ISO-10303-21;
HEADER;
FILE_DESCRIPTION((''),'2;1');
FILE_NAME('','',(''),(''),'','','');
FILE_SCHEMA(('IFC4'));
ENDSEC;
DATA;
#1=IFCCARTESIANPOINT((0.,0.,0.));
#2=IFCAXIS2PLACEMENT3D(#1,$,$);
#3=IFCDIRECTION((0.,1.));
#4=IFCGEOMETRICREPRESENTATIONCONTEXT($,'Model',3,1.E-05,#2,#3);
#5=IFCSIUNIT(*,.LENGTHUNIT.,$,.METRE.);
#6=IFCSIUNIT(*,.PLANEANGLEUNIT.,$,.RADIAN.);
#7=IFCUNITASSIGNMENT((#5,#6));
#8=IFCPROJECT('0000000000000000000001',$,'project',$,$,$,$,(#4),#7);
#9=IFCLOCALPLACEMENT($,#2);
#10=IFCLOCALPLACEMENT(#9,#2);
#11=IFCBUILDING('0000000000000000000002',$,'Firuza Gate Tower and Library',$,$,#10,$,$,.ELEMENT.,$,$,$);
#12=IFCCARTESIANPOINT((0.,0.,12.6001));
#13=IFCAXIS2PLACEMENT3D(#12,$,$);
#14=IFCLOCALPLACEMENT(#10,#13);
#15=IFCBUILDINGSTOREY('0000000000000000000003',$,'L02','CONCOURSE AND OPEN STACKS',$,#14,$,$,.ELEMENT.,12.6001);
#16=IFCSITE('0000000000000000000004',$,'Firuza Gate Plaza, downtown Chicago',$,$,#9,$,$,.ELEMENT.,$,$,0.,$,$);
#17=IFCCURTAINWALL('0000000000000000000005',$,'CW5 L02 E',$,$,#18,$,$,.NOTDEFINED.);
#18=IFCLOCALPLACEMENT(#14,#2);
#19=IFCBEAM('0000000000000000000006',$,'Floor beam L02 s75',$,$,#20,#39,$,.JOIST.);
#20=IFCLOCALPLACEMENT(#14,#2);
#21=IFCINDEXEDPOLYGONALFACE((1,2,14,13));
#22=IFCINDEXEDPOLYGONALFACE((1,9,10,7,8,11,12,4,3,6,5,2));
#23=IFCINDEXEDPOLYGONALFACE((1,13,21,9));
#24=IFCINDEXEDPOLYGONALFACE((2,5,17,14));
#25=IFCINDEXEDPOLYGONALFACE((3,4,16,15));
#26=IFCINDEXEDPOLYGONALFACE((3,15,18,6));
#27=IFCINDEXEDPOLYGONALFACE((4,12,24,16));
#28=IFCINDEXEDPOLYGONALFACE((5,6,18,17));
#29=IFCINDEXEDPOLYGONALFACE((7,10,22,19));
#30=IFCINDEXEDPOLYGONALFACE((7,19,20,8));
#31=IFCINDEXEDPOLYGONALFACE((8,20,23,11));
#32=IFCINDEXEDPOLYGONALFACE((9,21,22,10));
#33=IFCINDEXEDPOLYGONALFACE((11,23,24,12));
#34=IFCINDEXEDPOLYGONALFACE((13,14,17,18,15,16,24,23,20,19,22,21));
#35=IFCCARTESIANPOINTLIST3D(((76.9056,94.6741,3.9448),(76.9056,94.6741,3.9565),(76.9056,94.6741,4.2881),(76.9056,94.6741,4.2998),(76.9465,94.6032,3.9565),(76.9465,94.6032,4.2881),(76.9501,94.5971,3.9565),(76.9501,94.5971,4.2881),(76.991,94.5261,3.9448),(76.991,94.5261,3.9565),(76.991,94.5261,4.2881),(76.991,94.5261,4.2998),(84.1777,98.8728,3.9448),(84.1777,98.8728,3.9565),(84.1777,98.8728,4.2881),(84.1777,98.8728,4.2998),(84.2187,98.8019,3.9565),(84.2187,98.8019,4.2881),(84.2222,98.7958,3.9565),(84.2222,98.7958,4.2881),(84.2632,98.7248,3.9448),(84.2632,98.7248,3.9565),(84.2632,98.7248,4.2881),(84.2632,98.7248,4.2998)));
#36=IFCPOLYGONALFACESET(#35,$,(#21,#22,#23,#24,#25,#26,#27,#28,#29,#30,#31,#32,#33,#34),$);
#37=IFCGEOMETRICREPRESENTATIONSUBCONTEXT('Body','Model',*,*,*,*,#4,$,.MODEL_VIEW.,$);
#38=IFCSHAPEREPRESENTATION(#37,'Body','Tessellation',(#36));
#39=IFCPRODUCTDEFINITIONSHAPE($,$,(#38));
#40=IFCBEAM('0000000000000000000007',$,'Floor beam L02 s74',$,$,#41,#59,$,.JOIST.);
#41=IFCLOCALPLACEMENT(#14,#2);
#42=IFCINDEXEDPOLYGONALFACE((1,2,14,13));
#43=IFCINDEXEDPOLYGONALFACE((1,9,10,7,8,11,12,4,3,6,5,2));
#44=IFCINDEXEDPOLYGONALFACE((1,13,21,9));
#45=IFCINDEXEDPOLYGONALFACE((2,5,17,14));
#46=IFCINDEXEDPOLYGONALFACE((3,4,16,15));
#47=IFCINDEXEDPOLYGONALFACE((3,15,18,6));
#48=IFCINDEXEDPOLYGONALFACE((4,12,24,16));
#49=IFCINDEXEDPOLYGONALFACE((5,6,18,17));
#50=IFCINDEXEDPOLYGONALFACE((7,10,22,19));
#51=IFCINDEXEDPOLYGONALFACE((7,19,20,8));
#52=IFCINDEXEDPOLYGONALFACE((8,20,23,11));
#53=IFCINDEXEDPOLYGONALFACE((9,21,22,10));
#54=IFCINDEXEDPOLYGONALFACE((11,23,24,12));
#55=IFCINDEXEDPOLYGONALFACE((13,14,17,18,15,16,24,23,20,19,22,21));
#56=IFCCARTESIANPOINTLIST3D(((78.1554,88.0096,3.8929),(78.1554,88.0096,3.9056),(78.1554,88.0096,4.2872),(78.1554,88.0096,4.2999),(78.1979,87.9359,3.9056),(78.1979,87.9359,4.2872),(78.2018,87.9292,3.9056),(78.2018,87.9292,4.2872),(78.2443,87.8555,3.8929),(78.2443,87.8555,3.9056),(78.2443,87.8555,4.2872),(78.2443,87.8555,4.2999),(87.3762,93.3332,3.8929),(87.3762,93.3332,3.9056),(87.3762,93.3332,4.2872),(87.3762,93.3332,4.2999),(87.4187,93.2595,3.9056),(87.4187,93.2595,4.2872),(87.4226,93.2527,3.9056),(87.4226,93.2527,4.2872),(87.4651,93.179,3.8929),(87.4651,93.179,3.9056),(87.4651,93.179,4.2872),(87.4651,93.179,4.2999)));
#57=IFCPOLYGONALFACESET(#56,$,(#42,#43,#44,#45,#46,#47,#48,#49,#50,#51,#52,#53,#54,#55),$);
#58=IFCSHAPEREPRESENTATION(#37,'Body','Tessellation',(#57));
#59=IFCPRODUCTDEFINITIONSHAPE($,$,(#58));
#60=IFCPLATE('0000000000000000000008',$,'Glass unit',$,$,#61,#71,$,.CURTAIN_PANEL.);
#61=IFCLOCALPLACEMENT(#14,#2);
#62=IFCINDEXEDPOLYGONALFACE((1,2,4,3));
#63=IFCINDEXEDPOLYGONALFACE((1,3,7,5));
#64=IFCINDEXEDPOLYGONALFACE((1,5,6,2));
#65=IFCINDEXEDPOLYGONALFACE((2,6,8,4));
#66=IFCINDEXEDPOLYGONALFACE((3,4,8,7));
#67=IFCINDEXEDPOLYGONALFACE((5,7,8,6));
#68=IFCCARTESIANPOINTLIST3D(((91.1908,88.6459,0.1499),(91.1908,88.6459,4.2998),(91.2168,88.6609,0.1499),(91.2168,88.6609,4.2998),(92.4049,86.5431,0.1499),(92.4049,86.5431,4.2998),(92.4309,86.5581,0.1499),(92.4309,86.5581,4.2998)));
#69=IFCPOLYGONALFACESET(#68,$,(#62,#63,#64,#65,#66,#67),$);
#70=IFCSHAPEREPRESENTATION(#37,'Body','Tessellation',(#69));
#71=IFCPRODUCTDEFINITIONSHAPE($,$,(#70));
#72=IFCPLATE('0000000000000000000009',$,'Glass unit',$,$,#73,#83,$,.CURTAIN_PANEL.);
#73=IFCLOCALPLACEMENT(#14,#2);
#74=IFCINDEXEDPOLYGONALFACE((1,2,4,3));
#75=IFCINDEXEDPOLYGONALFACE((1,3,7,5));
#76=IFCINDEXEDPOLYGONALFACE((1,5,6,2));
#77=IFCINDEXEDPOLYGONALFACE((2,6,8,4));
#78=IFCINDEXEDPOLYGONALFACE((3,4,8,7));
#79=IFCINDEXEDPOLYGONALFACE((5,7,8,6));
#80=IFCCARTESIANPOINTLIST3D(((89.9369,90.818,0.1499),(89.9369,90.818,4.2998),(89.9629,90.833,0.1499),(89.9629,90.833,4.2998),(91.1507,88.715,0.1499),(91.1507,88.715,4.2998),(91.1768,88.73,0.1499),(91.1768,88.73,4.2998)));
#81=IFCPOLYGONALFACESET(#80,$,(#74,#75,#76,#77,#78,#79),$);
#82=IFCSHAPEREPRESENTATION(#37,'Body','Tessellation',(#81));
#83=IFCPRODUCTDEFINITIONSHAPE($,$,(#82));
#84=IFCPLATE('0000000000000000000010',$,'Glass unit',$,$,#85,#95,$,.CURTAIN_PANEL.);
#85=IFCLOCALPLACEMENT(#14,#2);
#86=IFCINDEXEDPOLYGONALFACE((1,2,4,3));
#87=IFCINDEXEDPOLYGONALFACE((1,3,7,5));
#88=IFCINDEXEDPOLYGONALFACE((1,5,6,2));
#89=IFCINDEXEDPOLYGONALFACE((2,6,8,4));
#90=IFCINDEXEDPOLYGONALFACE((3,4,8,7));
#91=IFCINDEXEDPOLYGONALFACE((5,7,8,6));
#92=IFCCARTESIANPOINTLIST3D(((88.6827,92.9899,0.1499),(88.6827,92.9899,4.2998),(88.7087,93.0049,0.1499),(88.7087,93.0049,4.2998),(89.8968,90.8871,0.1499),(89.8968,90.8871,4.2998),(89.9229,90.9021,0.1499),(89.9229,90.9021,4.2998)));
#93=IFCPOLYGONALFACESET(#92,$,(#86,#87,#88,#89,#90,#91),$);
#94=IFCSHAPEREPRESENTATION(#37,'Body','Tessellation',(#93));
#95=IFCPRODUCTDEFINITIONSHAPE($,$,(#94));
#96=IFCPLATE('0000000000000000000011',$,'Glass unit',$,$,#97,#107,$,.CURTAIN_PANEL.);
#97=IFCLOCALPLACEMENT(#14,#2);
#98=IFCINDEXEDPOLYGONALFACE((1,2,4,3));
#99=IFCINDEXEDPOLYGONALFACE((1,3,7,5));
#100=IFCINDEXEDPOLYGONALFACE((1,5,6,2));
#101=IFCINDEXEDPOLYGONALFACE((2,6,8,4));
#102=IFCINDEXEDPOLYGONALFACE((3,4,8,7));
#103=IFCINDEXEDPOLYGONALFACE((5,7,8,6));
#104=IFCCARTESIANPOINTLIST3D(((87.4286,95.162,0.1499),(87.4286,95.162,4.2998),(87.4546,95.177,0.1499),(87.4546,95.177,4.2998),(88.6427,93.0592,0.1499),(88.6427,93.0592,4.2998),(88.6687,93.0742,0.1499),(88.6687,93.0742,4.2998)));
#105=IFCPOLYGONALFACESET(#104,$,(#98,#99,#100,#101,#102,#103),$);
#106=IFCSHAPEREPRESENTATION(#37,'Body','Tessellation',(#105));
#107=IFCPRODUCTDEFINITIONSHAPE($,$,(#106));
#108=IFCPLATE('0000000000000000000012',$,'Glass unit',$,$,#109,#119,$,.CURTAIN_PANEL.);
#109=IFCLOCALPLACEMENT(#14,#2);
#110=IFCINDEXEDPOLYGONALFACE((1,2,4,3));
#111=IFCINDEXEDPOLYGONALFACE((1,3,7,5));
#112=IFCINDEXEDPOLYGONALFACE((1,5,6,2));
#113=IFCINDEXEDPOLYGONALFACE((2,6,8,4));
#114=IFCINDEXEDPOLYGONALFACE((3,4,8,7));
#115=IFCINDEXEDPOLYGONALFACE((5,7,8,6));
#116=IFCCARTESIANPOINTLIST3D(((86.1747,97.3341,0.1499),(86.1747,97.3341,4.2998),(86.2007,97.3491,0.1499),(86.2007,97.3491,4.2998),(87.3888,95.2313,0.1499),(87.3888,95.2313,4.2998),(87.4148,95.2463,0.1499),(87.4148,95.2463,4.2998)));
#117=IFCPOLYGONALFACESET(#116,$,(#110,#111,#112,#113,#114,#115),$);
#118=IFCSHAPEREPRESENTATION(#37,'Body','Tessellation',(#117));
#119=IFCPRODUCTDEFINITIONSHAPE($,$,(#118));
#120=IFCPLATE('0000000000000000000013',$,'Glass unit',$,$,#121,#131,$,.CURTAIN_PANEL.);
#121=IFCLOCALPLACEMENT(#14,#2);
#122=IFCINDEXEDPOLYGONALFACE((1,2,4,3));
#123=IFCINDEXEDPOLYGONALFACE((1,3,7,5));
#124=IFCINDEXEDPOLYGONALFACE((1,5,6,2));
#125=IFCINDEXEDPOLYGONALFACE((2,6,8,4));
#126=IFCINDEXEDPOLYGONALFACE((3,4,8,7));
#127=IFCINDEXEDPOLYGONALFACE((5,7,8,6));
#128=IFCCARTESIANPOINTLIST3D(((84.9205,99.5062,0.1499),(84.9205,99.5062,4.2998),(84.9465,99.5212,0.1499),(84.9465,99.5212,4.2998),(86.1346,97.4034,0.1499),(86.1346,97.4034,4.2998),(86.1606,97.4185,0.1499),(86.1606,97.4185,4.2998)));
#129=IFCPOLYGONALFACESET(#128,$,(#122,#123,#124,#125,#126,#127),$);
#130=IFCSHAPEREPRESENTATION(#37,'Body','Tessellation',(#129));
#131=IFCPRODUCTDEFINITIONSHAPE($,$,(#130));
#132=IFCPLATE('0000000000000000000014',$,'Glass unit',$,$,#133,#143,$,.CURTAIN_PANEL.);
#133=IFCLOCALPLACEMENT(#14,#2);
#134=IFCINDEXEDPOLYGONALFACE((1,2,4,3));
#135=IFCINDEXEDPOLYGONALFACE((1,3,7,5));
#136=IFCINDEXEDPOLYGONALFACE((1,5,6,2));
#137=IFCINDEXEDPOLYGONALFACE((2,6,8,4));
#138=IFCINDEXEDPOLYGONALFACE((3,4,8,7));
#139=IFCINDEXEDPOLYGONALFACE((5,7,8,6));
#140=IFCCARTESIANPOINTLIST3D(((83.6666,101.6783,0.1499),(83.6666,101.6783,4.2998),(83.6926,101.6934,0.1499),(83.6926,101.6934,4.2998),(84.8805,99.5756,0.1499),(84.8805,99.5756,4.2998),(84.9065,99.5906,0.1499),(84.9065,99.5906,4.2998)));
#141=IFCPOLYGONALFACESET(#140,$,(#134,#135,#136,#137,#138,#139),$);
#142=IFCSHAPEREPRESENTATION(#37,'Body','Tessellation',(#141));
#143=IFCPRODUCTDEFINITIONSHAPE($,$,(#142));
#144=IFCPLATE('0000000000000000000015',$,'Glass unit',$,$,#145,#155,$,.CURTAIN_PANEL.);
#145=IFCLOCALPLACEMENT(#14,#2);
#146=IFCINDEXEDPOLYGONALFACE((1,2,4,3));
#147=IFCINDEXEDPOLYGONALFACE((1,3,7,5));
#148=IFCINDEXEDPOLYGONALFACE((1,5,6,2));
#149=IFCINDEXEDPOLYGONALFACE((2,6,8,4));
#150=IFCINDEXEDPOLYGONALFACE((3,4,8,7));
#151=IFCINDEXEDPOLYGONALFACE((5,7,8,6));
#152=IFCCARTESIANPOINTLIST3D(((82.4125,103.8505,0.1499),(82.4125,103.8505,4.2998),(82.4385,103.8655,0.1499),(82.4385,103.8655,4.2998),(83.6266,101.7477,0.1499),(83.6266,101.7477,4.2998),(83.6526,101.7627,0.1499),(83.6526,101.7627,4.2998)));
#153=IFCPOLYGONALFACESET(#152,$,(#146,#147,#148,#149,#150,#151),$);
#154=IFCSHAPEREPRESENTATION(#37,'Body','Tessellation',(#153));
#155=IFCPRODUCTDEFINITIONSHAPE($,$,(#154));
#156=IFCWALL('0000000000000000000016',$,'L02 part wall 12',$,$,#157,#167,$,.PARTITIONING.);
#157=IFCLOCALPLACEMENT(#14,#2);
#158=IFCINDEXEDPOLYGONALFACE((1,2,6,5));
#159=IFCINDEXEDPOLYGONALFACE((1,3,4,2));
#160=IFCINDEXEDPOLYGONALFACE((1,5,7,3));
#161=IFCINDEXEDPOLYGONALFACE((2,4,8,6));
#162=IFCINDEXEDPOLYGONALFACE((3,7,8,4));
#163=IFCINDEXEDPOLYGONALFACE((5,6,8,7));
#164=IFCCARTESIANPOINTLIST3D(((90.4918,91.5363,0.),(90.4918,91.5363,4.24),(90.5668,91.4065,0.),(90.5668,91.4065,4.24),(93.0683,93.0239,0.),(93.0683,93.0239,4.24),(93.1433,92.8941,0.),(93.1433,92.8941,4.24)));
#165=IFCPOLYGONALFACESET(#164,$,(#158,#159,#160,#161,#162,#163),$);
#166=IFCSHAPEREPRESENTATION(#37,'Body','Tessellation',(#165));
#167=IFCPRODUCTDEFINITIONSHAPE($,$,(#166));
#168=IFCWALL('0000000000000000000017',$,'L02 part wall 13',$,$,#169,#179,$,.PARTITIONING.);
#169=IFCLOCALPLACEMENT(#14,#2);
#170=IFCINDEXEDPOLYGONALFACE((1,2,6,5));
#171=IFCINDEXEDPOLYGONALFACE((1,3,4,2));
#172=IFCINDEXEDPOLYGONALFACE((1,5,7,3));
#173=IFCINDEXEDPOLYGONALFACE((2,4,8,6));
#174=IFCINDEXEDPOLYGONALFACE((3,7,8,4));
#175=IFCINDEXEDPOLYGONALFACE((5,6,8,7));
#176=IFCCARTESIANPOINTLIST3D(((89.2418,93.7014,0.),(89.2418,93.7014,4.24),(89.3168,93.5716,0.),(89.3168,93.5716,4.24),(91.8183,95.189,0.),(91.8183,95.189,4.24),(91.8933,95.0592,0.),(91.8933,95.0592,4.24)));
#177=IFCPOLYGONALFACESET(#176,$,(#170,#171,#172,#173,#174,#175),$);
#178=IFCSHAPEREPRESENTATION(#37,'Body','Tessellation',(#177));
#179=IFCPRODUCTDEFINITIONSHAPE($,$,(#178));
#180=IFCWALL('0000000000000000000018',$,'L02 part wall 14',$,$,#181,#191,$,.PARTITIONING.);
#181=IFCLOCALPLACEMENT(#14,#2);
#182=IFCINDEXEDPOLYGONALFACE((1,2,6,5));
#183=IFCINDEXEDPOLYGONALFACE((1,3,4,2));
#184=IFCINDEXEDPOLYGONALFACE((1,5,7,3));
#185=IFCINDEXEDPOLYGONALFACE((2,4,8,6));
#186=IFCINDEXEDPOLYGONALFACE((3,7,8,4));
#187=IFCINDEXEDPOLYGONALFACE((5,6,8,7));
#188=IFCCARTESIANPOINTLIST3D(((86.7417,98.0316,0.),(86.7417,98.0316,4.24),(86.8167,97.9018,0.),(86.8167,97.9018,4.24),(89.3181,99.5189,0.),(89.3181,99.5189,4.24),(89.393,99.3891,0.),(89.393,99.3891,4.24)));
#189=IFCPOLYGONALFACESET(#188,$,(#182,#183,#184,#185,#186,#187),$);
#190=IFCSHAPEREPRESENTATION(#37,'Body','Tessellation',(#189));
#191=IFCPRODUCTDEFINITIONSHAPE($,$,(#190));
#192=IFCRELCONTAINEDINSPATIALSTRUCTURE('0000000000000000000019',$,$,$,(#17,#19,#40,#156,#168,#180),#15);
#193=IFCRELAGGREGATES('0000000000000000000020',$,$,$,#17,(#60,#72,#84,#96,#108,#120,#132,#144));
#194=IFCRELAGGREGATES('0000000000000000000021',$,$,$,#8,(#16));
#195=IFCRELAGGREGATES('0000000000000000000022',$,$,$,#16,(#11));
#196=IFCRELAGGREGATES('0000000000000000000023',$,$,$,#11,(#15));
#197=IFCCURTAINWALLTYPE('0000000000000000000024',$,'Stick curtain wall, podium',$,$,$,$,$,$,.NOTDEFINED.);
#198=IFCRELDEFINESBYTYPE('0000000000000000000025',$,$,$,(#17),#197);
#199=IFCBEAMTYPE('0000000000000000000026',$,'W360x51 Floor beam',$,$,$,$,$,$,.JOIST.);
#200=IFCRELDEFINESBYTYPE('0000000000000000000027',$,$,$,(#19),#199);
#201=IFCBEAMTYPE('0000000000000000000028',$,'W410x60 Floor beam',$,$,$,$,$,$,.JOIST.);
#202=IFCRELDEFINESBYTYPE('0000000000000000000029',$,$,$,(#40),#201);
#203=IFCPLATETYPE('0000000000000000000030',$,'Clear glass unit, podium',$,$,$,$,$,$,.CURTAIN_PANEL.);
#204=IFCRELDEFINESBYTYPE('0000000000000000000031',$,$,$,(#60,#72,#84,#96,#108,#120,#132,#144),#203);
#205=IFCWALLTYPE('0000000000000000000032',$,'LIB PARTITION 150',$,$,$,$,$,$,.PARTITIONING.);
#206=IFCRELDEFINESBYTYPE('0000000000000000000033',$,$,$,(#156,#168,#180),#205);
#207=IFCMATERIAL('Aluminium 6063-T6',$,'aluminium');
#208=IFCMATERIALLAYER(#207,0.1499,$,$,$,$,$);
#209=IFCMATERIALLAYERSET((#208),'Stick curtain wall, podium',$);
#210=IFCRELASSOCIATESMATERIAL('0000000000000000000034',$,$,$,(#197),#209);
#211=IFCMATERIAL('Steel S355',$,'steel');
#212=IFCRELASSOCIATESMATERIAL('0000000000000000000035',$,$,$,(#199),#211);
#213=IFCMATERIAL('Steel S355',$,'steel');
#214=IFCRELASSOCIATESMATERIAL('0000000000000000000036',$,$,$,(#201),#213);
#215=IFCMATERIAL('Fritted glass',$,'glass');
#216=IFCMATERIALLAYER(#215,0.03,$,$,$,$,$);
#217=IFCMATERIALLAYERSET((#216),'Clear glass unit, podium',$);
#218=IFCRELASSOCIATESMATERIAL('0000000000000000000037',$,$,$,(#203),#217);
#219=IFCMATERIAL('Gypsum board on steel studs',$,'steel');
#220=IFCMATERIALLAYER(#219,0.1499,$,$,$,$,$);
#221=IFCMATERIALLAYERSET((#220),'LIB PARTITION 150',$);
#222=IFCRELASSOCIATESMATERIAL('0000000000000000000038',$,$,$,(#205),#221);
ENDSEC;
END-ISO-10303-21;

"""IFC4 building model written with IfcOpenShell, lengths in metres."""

from ifc_helpers import new_model, si_unit, direction, frame, frame_2d, origin, origin_2d, place, context, subcontext, project, spatial, polyline, rectangle, i_section, outline, extrude, material, layer, layer_set, material_profile, profile_set, type_object, element, aggregate, save


model = new_model("IFC4")

# Units and contexts
model_context = context("Model", 3, precision=1e-05, world=origin(), true_north=direction((0.0, 1.0)))
body_context = subcontext(model_context, "Body", "Model", "MODEL_VIEW")
ifc_project = project(units=[si_unit("LENGTHUNIT", "METRE"), si_unit("PLANEANGLEUNIT", "RADIAN")], contexts=[model_context])

# Site, building, storey
site_placement = place(None, origin())
site = spatial("IfcSite", under=ifc_project, at=site_placement, Name="Firuza Gate Plaza, downtown Chicago", CompositionType="ELEMENT", RefElevation=0.0)
building_placement = place(site_placement, origin())
building = spatial("IfcBuilding", under=site, at=building_placement, Name="Firuza Gate Tower and Library", CompositionType="ELEMENT")
storey_placement = place(building_placement, frame((0.0, 0.0, 12.6001)))
storey = spatial("IfcBuildingStorey", under=building, at=storey_placement, Name="L02", Description="CONCOURSE AND OPEN STACKS", CompositionType="ELEMENT", Elevation=12.6001)

# Curtain wall
ifc_material_1 = material(Name="Aluminium 6063-T6", Category="aluminium")
ifc_layer_1 = layer(ifc_material_1, 0.1499)
ifc_layer_set_1 = layer_set([ifc_layer_1], Name="Stick curtain wall, podium")
curtain_wall_type = type_object("IfcCurtainWallType", Name="Stick curtain wall, podium", PredefinedType="NOTDEFINED", material=ifc_layer_set_1)
placement = place(storey_placement, origin())
curtain_wall = element("IfcCurtainWall", 1, at=placement, inside=storey, type_object=curtain_wall_type, Name="CW5 L02 E", PredefinedType="NOTDEFINED")

# Beams
ifc_material_2 = material(Name="Steel S355", Category="steel")
ifc_material_profile_1 = material_profile(ifc_material_2, i_section(OverallWidth=0.1709, OverallDepth=0.355, WebThickness=0.0071, FlangeThickness=0.0117, at=origin_2d()))
ifc_profile_set_1 = profile_set([ifc_material_profile_1], Name="Steel S355")
beam_type_1 = type_object("IfcBeamType", Name="W360x51 Floor beam", PredefinedType="JOIST", material=ifc_profile_set_1)
beam_1_placement = place(storey_placement, frame((84.2205, 98.7988, 4.1223), z_axis=(-0.86602, -0.50001, 0.0), x_axis=(0.50001, -0.86602, 0.0)))
element("IfcBeam", 2, at=beam_1_placement, inside=storey, type_object=beam_type_1, Name="Floor beam L02 s75", PredefinedType="JOIST", context=body_context, shape_type="SweptSolid", body=[
    extrude(i_section(OverallWidth=0.1709, OverallDepth=0.355, WebThickness=0.0071, FlangeThickness=0.0117, at=origin_2d()), origin(), (0.0, 0.0, 1.0), 8.3972),
])
ifc_material_3 = material(Name="Steel S355", Category="steel")
ifc_material_profile_2 = material_profile(ifc_material_3, i_section(OverallWidth=0.178, OverallDepth=0.407, WebThickness=0.0078, FlangeThickness=0.0127, at=origin_2d()))
ifc_profile_set_2 = profile_set([ifc_material_profile_2], Name="Steel S355")
beam_type_2 = type_object("IfcBeamType", Name="W410x60 Floor beam", PredefinedType="JOIST", material=ifc_profile_set_2)
beam_2_placement = place(storey_placement, frame((87.4207, 93.2561, 4.0964), z_axis=(-0.866029, -0.499994, 0.0), x_axis=(0.499994, -0.866029, 0.0)))
element("IfcBeam", 3, at=beam_2_placement, inside=storey, type_object=beam_type_2, Name="Floor beam L02 s74", PredefinedType="JOIST", context=body_context, shape_type="SweptSolid", body=[
    extrude(i_section(OverallWidth=0.178, OverallDepth=0.407, WebThickness=0.0078, FlangeThickness=0.0127, at=origin_2d()), origin(), (0.0, 0.0, 1.0), 10.6472),
])

# Plates
ifc_material_4 = material(Name="Fritted glass", Category="glass")
ifc_layer_2 = layer(ifc_material_4, 0.03)
ifc_layer_set_2 = layer_set([ifc_layer_2], Name="Clear glass unit, podium")
plate_type = type_object("IfcPlateType", Name="Clear glass unit, podium", PredefinedType="CURTAIN_PANEL", material=ifc_layer_set_2)
plate_1_placement = place(storey_placement, frame((92.4309, 86.5581, 0.1499), z_axis=(0.866013, 0.500021, 0.0), x_axis=(-0.500021, 0.866013, 0.0)))
plate_1 = element("IfcPlate", 4, at=plate_1_placement, type_object=plate_type, Name="Glass unit", PredefinedType="CURTAIN_PANEL", context=body_context, shape_type="SweptSolid", body=[
    extrude(outline(polyline([(0.0, 0.0), (2.4281, 0.0), (2.4281, 4.1499), (0.0, 4.1499), (0.0, 0.0)])), origin(), (0.0, 0.0, -1.0), 0.03),
])
plate_2_placement = place(storey_placement, frame((91.1768, 88.73, 0.1499), z_axis=(0.866082, 0.499902, 0.0), x_axis=(-0.499902, 0.866082, 0.0)))
plate_2 = element("IfcPlate", 5, at=plate_2_placement, type_object=plate_type, Name="Glass unit", PredefinedType="CURTAIN_PANEL", context=body_context, shape_type="SweptSolid", body=[
    extrude(outline(polyline([(0.0, 0.0), (2.4282, 0.0), (2.4282, 4.1499), (0.0, 4.1499), (0.0, 0.0)])), origin(), (0.0, 0.0, -1.0), 0.03),
])
plate_3_placement = place(storey_placement, frame((89.9229, 90.9021, 0.1499), z_axis=(0.866013, 0.500021, 0.0), x_axis=(-0.500021, 0.866013, 0.0)))
plate_3 = element("IfcPlate", 6, at=plate_3_placement, type_object=plate_type, Name="Glass unit", PredefinedType="CURTAIN_PANEL", context=body_context, shape_type="SweptSolid", body=[
    extrude(outline(polyline([(0.0, 0.0), (2.4281, 0.0), (2.4281, 4.1499), (0.0, 4.1499), (0.0, 0.0)])), origin(), (0.0, 0.0, -1.0), 0.03),
])
plate_4_placement = place(storey_placement, frame((88.6687, 93.0742, 0.1499), z_axis=(0.866013, 0.500021, 0.0), x_axis=(-0.500021, 0.866013, 0.0)))
plate_4 = element("IfcPlate", 7, at=plate_4_placement, type_object=plate_type, Name="Glass unit", PredefinedType="CURTAIN_PANEL", context=body_context, shape_type="SweptSolid", body=[
    extrude(outline(polyline([(0.0, 0.0), (2.4281, 0.0), (2.4281, 4.1499), (0.0, 4.1499), (0.0, 0.0)])), origin(), (0.0, 0.0, -1.0), 0.03),
])
plate_5_placement = place(storey_placement, frame((87.4148, 95.2463, 0.1499), z_axis=(0.866013, 0.500021, 0.0), x_axis=(-0.500021, 0.866013, 0.0)))
plate_5 = element("IfcPlate", 8, at=plate_5_placement, type_object=plate_type, Name="Glass unit", PredefinedType="CURTAIN_PANEL", context=body_context, shape_type="SweptSolid", body=[
    extrude(outline(polyline([(0.0, 0.0), (2.4281, 0.0), (2.4281, 4.1499), (0.0, 4.1499), (0.0, 0.0)])), origin(), (0.0, 0.0, -1.0), 0.03),
])
plate_6_placement = place(storey_placement, frame((86.1606, 97.4185, 0.1499), z_axis=(0.866013, 0.500021, 0.0), x_axis=(-0.500021, 0.866013, 0.0)))
plate_6 = element("IfcPlate", 9, at=plate_6_placement, type_object=plate_type, Name="Glass unit", PredefinedType="CURTAIN_PANEL", context=body_context, shape_type="SweptSolid", body=[
    extrude(outline(polyline([(0.0, 0.0), (2.4281, 0.0), (2.4281, 4.1499), (0.0, 4.1499), (0.0, 0.0)])), origin(), (0.0, 0.0, -1.0), 0.03),
])
plate_7_placement = place(storey_placement, frame((84.9065, 99.5906, 0.1499), z_axis=(0.866057, 0.499946, 0.0), x_axis=(-0.499946, 0.866057, 0.0)))
plate_7 = element("IfcPlate", 10, at=plate_7_placement, type_object=plate_type, Name="Glass unit", PredefinedType="CURTAIN_PANEL", context=body_context, shape_type="SweptSolid", body=[
    extrude(outline(polyline([(0.0, 0.0), (2.428, 0.0), (2.428, 4.1499), (0.0, 4.1499), (0.0, 0.0)])), origin(), (0.0, 0.0, -1.0), 0.03),
])
plate_8_placement = place(storey_placement, frame((83.6526, 101.7627, 0.1499), z_axis=(0.866013, 0.500021, 0.0), x_axis=(-0.500021, 0.866013, 0.0)))
plate_8 = element("IfcPlate", 11, at=plate_8_placement, type_object=plate_type, Name="Glass unit", PredefinedType="CURTAIN_PANEL", context=body_context, shape_type="SweptSolid", body=[
    extrude(outline(polyline([(0.0, 0.0), (2.4281, 0.0), (2.4281, 4.1499), (0.0, 4.1499), (0.0, 0.0)])), origin(), (0.0, 0.0, -1.0), 0.03),
])
aggregate(curtain_wall, [plate_1, plate_2, plate_3, plate_4, plate_5, plate_6, plate_7, plate_8])

# Walls
ifc_material_5 = material(Name="Gypsum board on steel studs", Category="steel")
ifc_layer_3 = layer(ifc_material_5, 0.1499)
ifc_layer_set_3 = layer_set([ifc_layer_3], Name="LIB PARTITION 150")
wall_type_1 = type_object("IfcWallType", Name="LIB PARTITION 150", PredefinedType="PARTITIONING", material=ifc_layer_set_3)
for number, where, z_axis, x_axis, name in (
    (12, (90.5293, 91.4714, 0.0), (0.0, 0.0, 1.0), (0.866017, 0.500014, 0.0), "L02 part wall 12"),
    (13, (89.2793, 93.6365, 0.0), (0.0, 0.0, 1.0), (0.866017, 0.500014, 0.0), "L02 part wall 13"),
):
    element("IfcWall", number, at=place(storey_placement, frame(where, z_axis=z_axis, x_axis=x_axis)), inside=storey, type_object=wall_type_1, Name=name, PredefinedType="PARTITIONING", context=body_context, shape_type="SweptSolid", body=[
        extrude(rectangle(XDim=2.9751, YDim=0.1499, at=frame_2d((1.4875, 0.0))), origin(), (0.0, 0.0, 1.0), 4.24),
    ])
wall_1_placement = place(storey_placement, frame((86.7793, 97.9668, 0.0), z_axis=(0.0, 0.0, 1.0), x_axis=(0.866053, 0.499952, 0.0)))
element("IfcWall", 14, at=wall_1_placement, inside=storey, type_object=wall_type_1, Name="L02 part wall 14", PredefinedType="PARTITIONING", context=body_context, shape_type="SweptSolid", body=[
    extrude(rectangle(XDim=2.9749, YDim=0.1499, at=frame_2d((1.4873, 0.0))), origin(), (0.0, 0.0, 1.0), 4.24),
])

save(model, "model.ifc")
